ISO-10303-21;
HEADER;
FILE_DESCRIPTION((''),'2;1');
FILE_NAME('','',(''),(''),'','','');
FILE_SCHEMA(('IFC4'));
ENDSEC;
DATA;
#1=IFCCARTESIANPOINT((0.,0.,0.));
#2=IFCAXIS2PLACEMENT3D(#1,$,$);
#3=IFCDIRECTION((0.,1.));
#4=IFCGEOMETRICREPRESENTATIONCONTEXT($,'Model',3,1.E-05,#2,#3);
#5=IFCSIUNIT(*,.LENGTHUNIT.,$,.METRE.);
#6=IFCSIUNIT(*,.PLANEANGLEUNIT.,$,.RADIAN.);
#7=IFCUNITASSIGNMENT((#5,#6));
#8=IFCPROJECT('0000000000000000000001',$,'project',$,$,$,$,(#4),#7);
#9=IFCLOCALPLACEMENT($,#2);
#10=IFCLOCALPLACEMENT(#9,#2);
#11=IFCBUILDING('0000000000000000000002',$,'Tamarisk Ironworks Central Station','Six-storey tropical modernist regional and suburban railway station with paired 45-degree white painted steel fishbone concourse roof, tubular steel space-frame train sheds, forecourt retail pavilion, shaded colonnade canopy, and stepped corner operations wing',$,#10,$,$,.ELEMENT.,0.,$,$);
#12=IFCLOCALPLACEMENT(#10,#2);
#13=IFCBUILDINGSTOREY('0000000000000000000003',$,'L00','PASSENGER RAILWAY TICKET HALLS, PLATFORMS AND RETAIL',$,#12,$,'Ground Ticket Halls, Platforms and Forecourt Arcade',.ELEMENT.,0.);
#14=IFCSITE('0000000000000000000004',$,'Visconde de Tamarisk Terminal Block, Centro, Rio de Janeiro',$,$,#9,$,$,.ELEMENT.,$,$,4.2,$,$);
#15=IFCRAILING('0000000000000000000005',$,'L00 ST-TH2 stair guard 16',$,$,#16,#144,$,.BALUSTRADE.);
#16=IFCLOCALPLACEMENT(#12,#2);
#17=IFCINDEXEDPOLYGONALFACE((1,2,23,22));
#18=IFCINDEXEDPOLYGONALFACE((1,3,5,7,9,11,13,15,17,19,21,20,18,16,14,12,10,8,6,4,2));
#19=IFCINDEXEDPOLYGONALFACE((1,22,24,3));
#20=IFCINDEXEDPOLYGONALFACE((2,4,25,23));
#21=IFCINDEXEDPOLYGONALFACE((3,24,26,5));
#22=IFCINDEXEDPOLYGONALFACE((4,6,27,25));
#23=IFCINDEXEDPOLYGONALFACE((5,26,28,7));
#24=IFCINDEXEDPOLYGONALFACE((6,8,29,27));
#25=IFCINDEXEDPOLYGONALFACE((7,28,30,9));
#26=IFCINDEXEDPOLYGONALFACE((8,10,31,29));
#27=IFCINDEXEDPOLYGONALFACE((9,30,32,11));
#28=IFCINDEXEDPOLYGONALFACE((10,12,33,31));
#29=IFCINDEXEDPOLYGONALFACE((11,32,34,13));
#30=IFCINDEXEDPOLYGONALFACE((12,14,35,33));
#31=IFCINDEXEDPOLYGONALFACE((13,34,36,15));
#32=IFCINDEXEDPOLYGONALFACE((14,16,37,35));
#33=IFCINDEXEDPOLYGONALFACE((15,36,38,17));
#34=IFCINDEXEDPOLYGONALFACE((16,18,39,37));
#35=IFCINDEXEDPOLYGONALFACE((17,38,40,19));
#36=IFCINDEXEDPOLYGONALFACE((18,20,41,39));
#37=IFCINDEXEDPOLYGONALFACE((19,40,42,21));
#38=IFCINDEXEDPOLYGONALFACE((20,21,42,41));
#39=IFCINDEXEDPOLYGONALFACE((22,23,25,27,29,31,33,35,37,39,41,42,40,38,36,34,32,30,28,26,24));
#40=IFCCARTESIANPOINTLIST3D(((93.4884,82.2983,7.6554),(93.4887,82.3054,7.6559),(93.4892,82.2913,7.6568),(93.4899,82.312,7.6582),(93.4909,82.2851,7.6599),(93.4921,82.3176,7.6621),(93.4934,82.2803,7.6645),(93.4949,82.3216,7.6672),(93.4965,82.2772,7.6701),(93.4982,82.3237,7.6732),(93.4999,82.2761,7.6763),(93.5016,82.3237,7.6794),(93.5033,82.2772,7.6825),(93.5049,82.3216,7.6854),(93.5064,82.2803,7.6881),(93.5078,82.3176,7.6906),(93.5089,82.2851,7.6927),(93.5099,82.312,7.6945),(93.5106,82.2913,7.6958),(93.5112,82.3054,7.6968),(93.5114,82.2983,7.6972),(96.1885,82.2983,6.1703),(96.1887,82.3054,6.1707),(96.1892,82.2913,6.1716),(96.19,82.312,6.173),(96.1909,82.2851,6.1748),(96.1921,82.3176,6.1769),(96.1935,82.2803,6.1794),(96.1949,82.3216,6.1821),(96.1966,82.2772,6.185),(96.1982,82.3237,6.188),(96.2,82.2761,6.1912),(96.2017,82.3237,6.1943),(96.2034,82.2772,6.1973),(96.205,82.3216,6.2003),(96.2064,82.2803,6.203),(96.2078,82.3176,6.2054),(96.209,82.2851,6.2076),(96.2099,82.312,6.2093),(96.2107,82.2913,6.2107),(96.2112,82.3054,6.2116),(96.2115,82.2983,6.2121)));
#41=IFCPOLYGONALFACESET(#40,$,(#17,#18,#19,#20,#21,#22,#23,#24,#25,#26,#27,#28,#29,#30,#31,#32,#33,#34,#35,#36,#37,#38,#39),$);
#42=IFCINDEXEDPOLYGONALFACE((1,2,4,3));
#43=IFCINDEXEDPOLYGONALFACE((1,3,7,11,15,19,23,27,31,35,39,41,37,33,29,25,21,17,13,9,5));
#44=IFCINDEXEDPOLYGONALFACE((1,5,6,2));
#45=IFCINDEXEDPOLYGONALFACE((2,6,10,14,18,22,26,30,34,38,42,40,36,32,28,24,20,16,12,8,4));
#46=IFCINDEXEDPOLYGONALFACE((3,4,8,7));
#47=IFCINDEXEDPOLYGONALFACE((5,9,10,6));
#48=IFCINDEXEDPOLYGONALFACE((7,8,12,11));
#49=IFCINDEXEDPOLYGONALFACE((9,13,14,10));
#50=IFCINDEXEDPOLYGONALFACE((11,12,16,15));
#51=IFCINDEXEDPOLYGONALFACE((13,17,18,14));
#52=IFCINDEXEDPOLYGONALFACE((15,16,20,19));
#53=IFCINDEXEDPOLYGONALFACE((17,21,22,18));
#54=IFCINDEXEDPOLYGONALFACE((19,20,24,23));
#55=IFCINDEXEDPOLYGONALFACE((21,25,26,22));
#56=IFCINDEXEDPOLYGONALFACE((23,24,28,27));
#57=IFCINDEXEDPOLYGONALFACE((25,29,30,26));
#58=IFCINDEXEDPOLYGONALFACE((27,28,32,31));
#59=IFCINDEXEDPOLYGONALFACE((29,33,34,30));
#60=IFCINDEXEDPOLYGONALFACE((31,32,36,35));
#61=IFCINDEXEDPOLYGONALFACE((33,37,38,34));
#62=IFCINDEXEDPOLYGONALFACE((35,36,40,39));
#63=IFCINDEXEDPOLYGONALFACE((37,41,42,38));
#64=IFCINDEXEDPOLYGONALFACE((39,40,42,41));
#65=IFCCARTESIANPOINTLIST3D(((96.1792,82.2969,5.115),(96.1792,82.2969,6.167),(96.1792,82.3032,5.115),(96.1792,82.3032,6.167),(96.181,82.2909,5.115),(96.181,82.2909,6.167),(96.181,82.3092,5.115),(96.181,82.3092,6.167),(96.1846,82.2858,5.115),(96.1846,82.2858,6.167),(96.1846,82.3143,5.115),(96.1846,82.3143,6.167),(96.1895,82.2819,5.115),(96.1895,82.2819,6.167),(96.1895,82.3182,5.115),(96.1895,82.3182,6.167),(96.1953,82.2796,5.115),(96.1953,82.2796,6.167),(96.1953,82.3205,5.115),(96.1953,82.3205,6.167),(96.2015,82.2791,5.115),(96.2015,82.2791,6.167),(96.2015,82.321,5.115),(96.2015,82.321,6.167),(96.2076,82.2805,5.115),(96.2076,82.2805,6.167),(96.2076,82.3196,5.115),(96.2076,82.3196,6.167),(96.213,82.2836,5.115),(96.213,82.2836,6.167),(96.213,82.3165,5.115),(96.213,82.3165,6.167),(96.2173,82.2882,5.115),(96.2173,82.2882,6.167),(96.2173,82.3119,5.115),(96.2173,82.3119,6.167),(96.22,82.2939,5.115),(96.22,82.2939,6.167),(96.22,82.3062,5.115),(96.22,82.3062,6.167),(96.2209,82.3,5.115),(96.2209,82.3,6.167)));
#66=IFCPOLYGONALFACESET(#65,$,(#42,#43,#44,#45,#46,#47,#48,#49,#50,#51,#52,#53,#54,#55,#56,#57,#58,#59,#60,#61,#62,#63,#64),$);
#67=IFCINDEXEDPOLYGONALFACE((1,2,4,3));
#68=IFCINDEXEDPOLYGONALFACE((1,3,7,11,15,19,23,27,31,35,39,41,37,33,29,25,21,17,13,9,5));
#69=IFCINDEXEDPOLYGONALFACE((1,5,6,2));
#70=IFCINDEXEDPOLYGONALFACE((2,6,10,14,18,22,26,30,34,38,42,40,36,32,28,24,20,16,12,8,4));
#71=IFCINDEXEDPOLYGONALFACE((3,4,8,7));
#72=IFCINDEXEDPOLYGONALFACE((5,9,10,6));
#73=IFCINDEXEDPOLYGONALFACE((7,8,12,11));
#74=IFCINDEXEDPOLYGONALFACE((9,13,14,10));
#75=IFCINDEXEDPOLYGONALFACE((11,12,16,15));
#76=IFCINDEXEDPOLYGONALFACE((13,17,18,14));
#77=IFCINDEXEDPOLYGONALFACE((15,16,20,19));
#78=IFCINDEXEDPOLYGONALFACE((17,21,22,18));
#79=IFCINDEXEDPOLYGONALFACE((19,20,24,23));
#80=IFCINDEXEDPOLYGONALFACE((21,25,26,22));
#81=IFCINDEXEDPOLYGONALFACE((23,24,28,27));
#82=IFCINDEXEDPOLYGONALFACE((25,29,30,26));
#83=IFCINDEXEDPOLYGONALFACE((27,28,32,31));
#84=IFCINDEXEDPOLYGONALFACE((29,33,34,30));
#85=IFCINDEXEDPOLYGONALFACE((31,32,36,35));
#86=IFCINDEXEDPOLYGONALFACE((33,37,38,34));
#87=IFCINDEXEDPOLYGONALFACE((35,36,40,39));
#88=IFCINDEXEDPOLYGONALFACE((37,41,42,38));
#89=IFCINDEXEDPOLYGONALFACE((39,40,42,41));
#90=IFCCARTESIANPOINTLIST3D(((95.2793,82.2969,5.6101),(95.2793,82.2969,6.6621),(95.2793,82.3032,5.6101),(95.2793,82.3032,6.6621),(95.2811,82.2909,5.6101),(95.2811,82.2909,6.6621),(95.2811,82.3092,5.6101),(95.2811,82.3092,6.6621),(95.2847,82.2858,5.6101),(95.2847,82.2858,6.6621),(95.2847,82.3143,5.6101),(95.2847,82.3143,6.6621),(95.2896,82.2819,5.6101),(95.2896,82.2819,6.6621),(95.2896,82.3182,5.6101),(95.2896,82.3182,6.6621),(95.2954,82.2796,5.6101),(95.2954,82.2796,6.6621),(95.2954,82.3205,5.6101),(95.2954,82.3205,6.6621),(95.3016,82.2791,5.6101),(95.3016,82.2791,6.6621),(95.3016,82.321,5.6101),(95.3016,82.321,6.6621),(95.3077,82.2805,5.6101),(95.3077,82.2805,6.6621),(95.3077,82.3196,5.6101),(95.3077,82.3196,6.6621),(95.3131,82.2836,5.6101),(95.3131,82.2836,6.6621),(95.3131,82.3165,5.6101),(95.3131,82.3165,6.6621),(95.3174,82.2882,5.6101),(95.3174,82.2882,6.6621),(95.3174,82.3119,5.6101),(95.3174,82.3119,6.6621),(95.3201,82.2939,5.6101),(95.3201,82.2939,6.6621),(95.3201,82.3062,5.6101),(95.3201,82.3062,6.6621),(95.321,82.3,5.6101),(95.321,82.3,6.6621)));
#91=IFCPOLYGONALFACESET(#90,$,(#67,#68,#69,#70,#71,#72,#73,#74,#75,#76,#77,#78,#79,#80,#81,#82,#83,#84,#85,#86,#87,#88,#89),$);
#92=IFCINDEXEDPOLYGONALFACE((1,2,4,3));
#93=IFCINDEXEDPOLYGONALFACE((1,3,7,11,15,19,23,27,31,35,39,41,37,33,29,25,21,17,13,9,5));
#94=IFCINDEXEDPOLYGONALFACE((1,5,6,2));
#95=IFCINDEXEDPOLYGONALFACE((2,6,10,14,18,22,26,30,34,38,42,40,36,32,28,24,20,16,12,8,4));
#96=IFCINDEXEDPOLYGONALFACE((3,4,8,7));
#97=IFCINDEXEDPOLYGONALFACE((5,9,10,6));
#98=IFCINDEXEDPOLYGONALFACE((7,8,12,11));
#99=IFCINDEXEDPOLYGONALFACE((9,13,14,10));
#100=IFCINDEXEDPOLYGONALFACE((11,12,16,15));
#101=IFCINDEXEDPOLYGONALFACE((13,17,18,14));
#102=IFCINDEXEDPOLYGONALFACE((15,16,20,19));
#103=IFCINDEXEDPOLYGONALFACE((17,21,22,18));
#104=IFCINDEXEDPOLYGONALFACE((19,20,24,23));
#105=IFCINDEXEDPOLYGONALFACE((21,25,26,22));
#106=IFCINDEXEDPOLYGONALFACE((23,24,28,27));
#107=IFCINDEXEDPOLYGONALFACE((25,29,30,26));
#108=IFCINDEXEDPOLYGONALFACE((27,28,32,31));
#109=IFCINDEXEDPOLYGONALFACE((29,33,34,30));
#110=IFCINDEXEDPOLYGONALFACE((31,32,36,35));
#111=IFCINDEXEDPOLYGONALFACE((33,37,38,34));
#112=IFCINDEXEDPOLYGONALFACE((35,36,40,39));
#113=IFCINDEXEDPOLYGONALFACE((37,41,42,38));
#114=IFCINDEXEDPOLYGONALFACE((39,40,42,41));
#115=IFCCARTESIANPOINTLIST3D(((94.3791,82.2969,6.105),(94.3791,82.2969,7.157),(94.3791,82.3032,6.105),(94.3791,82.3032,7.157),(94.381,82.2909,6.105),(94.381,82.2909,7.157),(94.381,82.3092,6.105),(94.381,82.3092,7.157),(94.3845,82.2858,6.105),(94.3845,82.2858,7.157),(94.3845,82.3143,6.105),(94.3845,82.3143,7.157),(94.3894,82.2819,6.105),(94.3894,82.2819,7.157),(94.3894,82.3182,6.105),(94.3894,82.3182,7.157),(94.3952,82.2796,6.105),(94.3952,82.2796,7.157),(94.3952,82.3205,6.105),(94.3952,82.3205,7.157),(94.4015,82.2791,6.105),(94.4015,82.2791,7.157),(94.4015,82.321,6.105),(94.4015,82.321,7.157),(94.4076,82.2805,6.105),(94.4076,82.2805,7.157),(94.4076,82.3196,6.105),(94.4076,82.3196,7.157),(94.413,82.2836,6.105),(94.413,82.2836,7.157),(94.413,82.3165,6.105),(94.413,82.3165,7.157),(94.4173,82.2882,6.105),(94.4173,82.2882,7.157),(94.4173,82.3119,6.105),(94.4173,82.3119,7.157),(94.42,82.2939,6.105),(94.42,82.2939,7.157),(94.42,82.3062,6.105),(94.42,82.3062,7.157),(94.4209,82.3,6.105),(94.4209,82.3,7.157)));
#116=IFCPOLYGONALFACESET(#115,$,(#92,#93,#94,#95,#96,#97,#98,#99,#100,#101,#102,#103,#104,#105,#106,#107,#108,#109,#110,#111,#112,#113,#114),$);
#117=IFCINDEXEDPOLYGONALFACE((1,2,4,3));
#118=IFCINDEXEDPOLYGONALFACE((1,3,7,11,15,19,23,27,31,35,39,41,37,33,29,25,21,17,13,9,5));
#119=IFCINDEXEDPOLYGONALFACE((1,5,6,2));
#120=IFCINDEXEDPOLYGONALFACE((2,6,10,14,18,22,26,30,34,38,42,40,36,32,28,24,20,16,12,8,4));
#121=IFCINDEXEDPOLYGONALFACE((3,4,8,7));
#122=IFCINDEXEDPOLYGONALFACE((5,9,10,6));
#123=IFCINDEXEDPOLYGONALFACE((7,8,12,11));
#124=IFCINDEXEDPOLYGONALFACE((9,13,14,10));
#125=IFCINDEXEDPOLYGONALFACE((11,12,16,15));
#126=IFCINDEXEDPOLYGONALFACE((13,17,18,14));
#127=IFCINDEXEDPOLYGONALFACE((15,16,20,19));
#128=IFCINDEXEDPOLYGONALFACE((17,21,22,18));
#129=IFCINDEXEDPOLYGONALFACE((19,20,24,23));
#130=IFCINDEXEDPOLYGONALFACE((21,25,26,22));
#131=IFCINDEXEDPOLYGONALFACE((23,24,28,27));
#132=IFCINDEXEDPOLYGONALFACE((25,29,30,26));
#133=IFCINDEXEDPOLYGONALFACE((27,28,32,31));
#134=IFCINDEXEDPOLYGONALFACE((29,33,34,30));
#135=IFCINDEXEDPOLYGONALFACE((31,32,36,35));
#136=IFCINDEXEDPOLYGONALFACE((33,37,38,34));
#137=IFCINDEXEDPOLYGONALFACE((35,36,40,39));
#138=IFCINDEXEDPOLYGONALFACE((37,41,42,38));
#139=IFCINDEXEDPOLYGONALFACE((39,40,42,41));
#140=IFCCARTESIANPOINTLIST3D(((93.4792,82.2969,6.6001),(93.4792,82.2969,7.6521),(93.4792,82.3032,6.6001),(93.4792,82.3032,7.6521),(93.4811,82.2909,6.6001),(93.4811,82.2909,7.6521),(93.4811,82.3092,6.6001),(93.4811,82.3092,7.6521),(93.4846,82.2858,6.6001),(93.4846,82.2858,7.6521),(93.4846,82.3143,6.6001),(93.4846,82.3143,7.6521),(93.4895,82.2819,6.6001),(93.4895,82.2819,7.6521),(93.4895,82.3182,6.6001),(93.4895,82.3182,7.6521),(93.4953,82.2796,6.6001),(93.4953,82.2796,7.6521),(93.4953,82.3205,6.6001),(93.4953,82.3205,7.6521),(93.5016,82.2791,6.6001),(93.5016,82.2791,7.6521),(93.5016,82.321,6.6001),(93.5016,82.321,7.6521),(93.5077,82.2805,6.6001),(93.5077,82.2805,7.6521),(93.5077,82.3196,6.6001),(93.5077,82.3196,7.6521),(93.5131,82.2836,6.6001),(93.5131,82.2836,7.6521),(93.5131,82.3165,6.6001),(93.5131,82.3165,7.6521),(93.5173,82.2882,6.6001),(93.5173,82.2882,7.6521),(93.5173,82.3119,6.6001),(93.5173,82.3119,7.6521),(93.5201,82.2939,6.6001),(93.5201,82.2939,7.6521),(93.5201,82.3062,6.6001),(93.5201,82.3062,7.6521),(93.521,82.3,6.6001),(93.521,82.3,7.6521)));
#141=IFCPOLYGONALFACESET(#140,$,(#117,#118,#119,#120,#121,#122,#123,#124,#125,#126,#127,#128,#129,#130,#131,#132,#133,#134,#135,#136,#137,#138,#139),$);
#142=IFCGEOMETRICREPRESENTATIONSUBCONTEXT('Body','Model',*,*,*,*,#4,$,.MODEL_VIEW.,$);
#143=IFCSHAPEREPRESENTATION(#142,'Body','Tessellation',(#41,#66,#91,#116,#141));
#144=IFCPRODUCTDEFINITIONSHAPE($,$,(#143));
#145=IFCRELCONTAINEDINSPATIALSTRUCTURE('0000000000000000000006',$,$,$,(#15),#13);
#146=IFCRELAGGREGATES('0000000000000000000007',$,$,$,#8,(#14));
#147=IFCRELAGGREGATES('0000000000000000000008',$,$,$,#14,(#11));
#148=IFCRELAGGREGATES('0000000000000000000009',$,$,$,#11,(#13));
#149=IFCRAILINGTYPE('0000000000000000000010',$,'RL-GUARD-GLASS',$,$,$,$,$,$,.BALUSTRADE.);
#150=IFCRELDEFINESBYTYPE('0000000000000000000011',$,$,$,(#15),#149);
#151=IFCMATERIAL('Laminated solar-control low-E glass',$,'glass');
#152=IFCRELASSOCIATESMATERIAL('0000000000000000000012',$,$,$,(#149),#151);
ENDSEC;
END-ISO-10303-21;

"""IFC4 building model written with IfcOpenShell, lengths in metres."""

from ifc_helpers import new_model, si_unit, direction, frame, origin, origin_2d, place, context, subcontext, project, spatial, circle, extrude, material, type_object, element, save


model = new_model("IFC4")

# Units and contexts
model_context = context("Model", 3, precision=1e-05, world=origin(), true_north=direction((0.0, 1.0)))
body_context = subcontext(model_context, "Body", "Model", "MODEL_VIEW")
ifc_project = project(units=[si_unit("LENGTHUNIT", "METRE"), si_unit("PLANEANGLEUNIT", "RADIAN")], contexts=[model_context])

# Site, building, storey
site_placement = place(None, origin())
site = spatial("IfcSite", under=ifc_project, at=site_placement, Name="Visconde de Tamarisk Terminal Block, Centro, Rio de Janeiro", CompositionType="ELEMENT", RefElevation=4.2)
building_placement = place(site_placement, origin())
building = spatial("IfcBuilding", under=site, at=building_placement, Name="Tamarisk Ironworks Central Station", Description="Six-storey tropical modernist regional and suburban railway station with paired 45-degree white painted steel fishbone concourse roof, tubular steel space-frame train sheds, forecourt retail pavilion, shaded colonnade canopy, and stepped corner operations wing", CompositionType="ELEMENT", ElevationOfRefHeight=0.0)
storey_placement = place(building_placement, origin())
storey = spatial("IfcBuildingStorey", under=building, at=storey_placement, Name="L00", Description="PASSENGER RAILWAY TICKET HALLS, PLATFORMS AND RETAIL", LongName="Ground Ticket Halls, Platforms and Forecourt Arcade", CompositionType="ELEMENT", Elevation=0.0)

# Railing
ifc_material_1 = material(Name="Laminated solar-control low-E glass", Category="glass")
railing_type_1 = type_object("IfcRailingType", Name="RL-GUARD-GLASS", PredefinedType="BALUSTRADE", material=ifc_material_1)
railing_1_placement = place(storey_placement, frame((96.2, 82.3, 5.115)))
element("IfcRailing", 1, at=railing_1_placement, inside=storey, type_object=railing_type_1, Name="L00 ST-TH2 stair guard 16", PredefinedType="BALUSTRADE", context=body_context, shape_type="SweptSolid", body=[
    extrude(circle(Radius=0.0239, at=origin_2d()), frame((0.0, 0.0, 1.0762), z_axis=(-0.876198, 0.0, 0.481952), x_axis=(0.0, -1.0, 0.0)), (0.0, 0.0, 1.0), 3.0815),
    extrude(circle(Radius=0.021, at=origin_2d()), origin(), (0.0, 0.0, 1.0), 1.052),
    extrude(circle(Radius=0.021, at=origin_2d()), frame((-0.8999, 0.0, 0.4951)), (0.0, 0.0, 1.0), 1.052),
    extrude(circle(Radius=0.021, at=origin_2d()), frame((-1.8, 0.0, 0.99)), (0.0, 0.0, 1.0), 1.052),
    extrude(circle(Radius=0.021, at=origin_2d()), frame((-2.7, 0.0, 1.4851)), (0.0, 0.0, 1.0), 1.052),
])

save(model, "model.ifc")
